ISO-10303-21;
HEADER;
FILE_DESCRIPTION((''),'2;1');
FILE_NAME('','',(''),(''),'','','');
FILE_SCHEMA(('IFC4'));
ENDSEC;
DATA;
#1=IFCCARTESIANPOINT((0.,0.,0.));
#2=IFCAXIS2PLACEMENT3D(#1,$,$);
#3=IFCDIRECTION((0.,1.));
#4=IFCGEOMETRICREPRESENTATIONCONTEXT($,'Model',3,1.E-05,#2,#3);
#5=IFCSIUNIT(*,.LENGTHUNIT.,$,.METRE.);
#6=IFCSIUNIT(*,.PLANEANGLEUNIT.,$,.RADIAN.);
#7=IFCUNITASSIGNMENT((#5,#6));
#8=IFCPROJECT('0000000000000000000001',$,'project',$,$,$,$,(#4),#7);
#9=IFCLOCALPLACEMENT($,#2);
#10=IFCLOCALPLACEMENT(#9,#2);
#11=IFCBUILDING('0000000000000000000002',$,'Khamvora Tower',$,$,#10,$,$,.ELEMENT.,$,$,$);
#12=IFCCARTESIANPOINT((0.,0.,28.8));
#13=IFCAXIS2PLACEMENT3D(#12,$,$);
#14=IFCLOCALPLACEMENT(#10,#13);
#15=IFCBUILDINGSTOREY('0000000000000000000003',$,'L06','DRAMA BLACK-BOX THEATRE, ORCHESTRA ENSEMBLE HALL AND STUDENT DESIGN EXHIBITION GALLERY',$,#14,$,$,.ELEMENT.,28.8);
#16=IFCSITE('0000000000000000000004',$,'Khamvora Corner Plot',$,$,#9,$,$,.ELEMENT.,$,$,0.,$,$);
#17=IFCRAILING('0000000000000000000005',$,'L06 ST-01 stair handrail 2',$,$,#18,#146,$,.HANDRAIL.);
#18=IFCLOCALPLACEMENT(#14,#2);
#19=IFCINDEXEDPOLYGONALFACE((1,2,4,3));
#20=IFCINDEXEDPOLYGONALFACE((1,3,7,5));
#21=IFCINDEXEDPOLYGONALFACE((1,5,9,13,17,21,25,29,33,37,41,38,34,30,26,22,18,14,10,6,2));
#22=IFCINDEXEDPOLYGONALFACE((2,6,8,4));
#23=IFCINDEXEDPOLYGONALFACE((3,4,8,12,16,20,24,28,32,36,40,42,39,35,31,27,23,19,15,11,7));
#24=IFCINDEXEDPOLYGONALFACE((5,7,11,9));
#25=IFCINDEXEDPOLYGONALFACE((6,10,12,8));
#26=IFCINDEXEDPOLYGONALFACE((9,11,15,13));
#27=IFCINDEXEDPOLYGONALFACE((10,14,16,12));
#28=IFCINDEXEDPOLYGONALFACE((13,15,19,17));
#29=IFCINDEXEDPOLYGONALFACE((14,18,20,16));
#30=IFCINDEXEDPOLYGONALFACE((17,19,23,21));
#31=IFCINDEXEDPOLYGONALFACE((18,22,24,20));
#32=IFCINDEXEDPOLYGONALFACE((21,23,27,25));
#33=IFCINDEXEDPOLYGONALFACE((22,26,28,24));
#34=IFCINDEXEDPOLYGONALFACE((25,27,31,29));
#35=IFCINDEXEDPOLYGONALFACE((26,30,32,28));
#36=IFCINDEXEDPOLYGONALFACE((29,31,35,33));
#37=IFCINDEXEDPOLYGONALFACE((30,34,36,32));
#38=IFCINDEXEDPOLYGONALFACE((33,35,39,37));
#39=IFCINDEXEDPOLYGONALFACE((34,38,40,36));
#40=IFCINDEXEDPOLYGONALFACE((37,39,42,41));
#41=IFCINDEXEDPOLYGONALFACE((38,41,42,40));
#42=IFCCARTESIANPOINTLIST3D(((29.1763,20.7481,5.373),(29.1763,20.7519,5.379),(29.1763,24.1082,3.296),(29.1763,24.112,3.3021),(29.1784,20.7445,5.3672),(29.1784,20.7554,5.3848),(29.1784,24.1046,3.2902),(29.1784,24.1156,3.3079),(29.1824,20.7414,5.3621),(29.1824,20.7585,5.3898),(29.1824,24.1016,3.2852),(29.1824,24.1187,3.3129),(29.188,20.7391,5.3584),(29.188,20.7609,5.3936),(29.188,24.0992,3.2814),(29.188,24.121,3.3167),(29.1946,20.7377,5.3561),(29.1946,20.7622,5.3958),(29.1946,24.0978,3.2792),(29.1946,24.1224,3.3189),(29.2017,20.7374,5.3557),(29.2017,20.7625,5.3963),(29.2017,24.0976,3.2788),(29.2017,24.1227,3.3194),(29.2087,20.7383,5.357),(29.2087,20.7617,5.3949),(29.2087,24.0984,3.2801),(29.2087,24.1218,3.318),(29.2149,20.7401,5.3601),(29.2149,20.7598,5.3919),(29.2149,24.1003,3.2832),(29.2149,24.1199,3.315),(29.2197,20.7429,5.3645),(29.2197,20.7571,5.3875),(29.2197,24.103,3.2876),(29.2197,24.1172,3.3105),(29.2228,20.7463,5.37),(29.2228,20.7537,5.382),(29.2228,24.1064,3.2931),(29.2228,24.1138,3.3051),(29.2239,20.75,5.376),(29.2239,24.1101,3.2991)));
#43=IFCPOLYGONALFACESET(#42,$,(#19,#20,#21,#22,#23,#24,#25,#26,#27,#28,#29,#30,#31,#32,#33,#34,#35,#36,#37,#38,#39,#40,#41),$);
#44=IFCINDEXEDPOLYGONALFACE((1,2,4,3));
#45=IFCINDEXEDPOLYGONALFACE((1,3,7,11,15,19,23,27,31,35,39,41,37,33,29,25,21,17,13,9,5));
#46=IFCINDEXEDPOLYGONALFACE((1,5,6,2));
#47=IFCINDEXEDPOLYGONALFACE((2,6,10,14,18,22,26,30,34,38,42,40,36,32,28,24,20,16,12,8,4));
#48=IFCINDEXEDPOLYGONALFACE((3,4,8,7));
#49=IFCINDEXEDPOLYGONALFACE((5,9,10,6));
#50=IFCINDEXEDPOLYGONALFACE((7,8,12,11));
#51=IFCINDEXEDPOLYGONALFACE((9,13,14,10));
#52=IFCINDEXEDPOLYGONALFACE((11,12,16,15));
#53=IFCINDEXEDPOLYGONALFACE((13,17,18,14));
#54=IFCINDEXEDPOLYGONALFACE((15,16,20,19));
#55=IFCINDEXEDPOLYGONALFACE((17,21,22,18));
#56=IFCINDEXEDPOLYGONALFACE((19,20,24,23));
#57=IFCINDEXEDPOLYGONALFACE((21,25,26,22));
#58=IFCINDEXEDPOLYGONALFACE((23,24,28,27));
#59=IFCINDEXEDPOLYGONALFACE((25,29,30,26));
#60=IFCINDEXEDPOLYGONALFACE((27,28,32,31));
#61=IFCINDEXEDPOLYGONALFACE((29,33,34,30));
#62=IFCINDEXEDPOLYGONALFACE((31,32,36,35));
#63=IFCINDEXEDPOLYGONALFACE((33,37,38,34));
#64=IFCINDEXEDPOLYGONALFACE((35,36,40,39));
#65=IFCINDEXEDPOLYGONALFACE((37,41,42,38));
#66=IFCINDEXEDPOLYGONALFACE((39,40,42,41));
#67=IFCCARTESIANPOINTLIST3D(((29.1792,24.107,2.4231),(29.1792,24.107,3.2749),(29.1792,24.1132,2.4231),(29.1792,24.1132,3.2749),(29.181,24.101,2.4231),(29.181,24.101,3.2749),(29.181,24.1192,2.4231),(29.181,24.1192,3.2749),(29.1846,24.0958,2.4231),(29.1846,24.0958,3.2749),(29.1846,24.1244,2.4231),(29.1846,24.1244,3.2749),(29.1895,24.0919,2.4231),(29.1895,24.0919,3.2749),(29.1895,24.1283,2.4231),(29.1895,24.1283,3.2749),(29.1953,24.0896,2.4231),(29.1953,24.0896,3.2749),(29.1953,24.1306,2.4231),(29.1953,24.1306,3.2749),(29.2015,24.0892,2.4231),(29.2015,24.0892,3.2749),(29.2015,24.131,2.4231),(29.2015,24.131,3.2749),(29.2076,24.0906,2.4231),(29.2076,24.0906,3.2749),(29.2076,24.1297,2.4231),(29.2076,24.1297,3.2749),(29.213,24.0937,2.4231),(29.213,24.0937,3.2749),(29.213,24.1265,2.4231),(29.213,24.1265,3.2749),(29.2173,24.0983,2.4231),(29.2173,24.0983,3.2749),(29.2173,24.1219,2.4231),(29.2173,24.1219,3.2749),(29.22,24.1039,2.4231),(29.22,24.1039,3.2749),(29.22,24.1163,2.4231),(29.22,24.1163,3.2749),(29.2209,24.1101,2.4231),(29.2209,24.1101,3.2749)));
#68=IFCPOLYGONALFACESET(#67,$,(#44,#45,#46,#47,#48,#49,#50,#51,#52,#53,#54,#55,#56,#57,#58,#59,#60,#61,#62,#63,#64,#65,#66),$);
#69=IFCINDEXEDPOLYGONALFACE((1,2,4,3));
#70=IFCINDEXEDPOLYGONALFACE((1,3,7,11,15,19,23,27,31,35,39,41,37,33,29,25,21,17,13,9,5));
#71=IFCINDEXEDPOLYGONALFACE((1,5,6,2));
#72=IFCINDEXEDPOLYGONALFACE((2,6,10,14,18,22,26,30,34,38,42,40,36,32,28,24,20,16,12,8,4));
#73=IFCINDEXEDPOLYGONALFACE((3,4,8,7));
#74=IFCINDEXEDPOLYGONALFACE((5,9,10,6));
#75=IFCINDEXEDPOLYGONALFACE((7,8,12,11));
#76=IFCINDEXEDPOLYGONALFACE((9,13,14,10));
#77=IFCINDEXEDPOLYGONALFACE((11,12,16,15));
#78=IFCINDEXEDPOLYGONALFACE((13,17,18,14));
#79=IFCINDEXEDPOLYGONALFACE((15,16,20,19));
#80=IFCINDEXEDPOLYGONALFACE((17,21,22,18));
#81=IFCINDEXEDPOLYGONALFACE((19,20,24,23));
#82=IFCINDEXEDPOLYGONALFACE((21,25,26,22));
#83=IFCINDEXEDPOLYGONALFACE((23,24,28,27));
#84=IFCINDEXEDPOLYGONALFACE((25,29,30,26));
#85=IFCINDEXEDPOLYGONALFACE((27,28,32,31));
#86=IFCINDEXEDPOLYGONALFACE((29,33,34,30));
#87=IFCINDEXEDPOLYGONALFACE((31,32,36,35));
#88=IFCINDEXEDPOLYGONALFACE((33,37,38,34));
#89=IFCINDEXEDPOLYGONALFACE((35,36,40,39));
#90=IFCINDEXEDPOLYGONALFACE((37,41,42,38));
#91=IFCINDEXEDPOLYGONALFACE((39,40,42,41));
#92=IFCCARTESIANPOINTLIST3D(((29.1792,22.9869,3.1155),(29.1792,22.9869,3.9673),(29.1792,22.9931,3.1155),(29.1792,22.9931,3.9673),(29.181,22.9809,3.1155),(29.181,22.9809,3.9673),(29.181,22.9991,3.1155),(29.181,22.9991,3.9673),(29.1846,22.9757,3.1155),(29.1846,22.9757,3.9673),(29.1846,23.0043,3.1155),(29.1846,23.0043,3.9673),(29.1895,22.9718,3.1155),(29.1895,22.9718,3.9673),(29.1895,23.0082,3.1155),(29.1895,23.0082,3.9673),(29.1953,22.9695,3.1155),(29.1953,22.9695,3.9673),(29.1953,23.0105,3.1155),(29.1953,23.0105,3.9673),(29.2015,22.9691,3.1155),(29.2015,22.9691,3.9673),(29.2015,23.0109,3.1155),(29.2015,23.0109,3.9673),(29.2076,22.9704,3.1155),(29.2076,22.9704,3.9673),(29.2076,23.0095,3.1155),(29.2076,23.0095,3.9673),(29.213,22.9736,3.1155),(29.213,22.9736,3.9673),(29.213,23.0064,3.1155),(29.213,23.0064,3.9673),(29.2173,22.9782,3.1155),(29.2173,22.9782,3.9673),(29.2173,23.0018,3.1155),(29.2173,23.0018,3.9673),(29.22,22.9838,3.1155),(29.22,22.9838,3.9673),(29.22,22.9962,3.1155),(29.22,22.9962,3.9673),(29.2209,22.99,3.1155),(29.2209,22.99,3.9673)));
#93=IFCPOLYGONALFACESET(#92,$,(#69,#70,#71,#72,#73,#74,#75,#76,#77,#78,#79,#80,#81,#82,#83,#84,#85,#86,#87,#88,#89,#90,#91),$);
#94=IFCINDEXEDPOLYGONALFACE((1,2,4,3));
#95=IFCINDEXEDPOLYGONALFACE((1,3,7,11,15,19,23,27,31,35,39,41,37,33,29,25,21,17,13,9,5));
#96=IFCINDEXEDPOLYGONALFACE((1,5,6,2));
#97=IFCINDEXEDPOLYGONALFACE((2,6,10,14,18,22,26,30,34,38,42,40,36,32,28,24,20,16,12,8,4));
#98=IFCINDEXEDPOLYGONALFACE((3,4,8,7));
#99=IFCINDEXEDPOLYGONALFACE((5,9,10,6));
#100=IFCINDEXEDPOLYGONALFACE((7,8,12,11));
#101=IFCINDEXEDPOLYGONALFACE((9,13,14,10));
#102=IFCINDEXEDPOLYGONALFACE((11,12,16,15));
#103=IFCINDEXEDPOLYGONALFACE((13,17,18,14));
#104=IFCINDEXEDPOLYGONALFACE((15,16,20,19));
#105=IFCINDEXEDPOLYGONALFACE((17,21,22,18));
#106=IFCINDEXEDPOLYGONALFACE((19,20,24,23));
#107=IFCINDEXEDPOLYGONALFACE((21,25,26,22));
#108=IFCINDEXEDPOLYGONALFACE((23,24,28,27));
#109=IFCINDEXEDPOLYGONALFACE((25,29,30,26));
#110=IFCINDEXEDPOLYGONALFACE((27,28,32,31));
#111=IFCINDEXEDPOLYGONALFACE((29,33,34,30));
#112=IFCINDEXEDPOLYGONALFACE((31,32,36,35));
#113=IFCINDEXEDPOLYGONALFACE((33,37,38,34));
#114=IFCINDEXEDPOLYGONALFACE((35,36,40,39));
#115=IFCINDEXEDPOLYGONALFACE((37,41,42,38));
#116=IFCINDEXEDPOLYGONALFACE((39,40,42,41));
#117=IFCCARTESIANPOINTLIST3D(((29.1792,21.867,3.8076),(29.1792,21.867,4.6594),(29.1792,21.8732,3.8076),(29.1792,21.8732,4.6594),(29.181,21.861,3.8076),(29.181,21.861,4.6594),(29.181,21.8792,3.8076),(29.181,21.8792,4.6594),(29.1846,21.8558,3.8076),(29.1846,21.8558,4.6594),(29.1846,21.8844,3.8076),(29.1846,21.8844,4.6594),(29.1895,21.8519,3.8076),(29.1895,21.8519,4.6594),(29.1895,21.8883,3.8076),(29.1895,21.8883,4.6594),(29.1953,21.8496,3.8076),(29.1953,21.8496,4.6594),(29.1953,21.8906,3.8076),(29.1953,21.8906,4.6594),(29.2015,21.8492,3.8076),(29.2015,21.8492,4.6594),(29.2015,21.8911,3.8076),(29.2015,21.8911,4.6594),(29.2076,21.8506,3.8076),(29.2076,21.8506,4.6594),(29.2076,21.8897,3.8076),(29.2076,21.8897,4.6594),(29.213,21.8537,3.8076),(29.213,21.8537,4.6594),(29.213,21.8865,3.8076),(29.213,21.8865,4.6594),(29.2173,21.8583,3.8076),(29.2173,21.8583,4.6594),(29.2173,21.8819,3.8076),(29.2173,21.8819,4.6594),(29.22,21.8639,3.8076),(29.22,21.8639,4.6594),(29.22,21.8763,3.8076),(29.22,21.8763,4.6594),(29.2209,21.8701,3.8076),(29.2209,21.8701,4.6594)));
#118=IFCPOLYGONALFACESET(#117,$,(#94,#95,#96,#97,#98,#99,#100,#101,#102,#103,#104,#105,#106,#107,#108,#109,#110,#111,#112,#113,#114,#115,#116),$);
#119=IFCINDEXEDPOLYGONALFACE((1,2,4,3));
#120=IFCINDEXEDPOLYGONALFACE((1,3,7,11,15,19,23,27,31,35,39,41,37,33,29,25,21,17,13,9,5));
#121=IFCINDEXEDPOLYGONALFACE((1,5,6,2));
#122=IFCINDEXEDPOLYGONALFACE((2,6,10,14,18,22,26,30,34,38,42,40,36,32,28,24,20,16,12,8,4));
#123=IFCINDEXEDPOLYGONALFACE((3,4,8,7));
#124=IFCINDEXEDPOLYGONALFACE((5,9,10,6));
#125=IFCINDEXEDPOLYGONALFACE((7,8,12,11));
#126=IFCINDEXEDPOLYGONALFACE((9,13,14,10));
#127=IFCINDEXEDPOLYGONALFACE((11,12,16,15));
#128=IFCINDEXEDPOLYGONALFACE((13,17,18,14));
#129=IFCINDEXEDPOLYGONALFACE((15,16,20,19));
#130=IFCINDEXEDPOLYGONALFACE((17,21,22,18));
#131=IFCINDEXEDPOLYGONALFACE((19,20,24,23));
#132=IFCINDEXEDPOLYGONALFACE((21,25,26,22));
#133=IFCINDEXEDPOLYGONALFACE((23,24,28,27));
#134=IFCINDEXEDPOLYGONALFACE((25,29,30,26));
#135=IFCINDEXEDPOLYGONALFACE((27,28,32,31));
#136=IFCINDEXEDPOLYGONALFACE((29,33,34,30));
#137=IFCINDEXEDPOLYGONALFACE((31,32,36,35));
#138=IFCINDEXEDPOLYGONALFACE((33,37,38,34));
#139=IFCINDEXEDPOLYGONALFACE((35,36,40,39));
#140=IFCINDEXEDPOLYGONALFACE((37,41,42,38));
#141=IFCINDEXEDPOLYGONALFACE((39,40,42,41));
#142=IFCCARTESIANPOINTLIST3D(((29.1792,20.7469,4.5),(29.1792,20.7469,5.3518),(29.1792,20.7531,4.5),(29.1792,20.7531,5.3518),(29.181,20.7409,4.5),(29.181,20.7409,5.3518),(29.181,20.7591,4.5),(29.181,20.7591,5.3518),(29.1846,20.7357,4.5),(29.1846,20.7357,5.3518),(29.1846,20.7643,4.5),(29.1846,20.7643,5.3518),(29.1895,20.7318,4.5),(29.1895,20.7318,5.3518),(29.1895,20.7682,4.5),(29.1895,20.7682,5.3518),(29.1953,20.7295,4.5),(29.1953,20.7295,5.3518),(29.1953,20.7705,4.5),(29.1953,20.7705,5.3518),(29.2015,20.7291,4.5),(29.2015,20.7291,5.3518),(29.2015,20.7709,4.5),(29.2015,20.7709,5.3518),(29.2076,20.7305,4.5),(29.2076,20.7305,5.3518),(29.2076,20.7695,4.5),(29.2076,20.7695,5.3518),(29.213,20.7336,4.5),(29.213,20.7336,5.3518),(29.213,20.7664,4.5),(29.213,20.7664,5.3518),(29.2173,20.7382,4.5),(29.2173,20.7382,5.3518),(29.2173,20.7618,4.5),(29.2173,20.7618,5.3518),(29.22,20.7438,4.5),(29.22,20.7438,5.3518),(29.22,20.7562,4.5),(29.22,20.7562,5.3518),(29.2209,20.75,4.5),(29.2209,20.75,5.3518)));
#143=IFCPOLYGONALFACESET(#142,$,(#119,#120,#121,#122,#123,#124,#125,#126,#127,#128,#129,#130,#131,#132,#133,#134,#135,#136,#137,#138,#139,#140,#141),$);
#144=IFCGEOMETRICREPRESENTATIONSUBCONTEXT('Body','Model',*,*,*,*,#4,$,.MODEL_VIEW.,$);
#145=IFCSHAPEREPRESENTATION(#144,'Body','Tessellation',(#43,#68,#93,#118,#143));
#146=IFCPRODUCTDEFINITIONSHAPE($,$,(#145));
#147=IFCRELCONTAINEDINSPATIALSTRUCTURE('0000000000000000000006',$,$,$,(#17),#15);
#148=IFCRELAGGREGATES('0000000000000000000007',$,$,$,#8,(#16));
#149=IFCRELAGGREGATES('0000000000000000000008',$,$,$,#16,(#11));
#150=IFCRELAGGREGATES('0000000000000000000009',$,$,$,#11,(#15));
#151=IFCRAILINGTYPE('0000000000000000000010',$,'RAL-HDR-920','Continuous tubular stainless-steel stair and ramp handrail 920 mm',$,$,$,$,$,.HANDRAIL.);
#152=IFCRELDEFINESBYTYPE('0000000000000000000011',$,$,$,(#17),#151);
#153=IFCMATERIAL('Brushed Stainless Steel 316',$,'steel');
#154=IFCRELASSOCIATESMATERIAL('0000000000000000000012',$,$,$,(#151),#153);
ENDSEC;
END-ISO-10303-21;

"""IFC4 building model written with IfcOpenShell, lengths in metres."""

from ifc_helpers import new_model, si_unit, direction, frame, origin, origin_2d, place, context, subcontext, project, spatial, circle, extrude, material, type_object, element, save


model = new_model("IFC4")

# Units and contexts
model_context = context("Model", 3, precision=1e-05, world=origin(), true_north=direction((0.0, 1.0)))
body_context = subcontext(model_context, "Body", "Model", "MODEL_VIEW")
ifc_project = project(units=[si_unit("LENGTHUNIT", "METRE"), si_unit("PLANEANGLEUNIT", "RADIAN")], contexts=[model_context])

# Site, building, storey
site_placement = place(None, origin())
site = spatial("IfcSite", under=ifc_project, at=site_placement, Name="Khamvora Corner Plot", CompositionType="ELEMENT", RefElevation=0.0)
building_placement = place(site_placement, origin())
building = spatial("IfcBuilding", under=site, at=building_placement, Name="Khamvora Tower", CompositionType="ELEMENT")
storey_placement = place(building_placement, frame((0.0, 0.0, 28.8)))
storey = spatial("IfcBuildingStorey", under=building, at=storey_placement, Name="L06", Description="DRAMA BLACK-BOX THEATRE, ORCHESTRA ENSEMBLE HALL AND STUDENT DESIGN EXHIBITION GALLERY", CompositionType="ELEMENT", Elevation=28.8)

# Railing
ifc_material_1 = material(Name="Brushed Stainless Steel 316", Category="steel")
railing_type_1 = type_object("IfcRailingType", Name="RAL-HDR-920", Description="Continuous tubular stainless-steel stair and ramp handrail 920 mm", PredefinedType="HANDRAIL", material=ifc_material_1)
railing_1_placement = place(storey_placement, frame((29.2, 24.1101, 2.4231)))
element("IfcRailing", 1, at=railing_1_placement, inside=storey, type_object=railing_type_1, Name="L06 ST-01 stair handrail 2", PredefinedType="HANDRAIL", context=body_context, shape_type="SweptSolid", body=[
    extrude(circle(Radius=0.0239, at=origin_2d()), frame((0.0, 0.0, 0.876), z_axis=(0.0, -0.850623, 0.525776), x_axis=(1.0, 0.0, 0.0)), (0.0, 0.0, 1.0), 3.9502),
    extrude(circle(Radius=0.021, at=origin_2d()), origin(), (0.0, 0.0, 1.0), 0.8518),
    extrude(circle(Radius=0.021, at=origin_2d()), frame((0.0, -1.1201, 0.6924)), (0.0, 0.0, 1.0), 0.8518),
    extrude(circle(Radius=0.021, at=origin_2d()), frame((0.0, -2.24, 1.3845)), (0.0, 0.0, 1.0), 0.8518),
    extrude(circle(Radius=0.021, at=origin_2d()), frame((0.0, -3.3601, 2.0769)), (0.0, 0.0, 1.0), 0.8518),
])

save(model, "model.ifc")
